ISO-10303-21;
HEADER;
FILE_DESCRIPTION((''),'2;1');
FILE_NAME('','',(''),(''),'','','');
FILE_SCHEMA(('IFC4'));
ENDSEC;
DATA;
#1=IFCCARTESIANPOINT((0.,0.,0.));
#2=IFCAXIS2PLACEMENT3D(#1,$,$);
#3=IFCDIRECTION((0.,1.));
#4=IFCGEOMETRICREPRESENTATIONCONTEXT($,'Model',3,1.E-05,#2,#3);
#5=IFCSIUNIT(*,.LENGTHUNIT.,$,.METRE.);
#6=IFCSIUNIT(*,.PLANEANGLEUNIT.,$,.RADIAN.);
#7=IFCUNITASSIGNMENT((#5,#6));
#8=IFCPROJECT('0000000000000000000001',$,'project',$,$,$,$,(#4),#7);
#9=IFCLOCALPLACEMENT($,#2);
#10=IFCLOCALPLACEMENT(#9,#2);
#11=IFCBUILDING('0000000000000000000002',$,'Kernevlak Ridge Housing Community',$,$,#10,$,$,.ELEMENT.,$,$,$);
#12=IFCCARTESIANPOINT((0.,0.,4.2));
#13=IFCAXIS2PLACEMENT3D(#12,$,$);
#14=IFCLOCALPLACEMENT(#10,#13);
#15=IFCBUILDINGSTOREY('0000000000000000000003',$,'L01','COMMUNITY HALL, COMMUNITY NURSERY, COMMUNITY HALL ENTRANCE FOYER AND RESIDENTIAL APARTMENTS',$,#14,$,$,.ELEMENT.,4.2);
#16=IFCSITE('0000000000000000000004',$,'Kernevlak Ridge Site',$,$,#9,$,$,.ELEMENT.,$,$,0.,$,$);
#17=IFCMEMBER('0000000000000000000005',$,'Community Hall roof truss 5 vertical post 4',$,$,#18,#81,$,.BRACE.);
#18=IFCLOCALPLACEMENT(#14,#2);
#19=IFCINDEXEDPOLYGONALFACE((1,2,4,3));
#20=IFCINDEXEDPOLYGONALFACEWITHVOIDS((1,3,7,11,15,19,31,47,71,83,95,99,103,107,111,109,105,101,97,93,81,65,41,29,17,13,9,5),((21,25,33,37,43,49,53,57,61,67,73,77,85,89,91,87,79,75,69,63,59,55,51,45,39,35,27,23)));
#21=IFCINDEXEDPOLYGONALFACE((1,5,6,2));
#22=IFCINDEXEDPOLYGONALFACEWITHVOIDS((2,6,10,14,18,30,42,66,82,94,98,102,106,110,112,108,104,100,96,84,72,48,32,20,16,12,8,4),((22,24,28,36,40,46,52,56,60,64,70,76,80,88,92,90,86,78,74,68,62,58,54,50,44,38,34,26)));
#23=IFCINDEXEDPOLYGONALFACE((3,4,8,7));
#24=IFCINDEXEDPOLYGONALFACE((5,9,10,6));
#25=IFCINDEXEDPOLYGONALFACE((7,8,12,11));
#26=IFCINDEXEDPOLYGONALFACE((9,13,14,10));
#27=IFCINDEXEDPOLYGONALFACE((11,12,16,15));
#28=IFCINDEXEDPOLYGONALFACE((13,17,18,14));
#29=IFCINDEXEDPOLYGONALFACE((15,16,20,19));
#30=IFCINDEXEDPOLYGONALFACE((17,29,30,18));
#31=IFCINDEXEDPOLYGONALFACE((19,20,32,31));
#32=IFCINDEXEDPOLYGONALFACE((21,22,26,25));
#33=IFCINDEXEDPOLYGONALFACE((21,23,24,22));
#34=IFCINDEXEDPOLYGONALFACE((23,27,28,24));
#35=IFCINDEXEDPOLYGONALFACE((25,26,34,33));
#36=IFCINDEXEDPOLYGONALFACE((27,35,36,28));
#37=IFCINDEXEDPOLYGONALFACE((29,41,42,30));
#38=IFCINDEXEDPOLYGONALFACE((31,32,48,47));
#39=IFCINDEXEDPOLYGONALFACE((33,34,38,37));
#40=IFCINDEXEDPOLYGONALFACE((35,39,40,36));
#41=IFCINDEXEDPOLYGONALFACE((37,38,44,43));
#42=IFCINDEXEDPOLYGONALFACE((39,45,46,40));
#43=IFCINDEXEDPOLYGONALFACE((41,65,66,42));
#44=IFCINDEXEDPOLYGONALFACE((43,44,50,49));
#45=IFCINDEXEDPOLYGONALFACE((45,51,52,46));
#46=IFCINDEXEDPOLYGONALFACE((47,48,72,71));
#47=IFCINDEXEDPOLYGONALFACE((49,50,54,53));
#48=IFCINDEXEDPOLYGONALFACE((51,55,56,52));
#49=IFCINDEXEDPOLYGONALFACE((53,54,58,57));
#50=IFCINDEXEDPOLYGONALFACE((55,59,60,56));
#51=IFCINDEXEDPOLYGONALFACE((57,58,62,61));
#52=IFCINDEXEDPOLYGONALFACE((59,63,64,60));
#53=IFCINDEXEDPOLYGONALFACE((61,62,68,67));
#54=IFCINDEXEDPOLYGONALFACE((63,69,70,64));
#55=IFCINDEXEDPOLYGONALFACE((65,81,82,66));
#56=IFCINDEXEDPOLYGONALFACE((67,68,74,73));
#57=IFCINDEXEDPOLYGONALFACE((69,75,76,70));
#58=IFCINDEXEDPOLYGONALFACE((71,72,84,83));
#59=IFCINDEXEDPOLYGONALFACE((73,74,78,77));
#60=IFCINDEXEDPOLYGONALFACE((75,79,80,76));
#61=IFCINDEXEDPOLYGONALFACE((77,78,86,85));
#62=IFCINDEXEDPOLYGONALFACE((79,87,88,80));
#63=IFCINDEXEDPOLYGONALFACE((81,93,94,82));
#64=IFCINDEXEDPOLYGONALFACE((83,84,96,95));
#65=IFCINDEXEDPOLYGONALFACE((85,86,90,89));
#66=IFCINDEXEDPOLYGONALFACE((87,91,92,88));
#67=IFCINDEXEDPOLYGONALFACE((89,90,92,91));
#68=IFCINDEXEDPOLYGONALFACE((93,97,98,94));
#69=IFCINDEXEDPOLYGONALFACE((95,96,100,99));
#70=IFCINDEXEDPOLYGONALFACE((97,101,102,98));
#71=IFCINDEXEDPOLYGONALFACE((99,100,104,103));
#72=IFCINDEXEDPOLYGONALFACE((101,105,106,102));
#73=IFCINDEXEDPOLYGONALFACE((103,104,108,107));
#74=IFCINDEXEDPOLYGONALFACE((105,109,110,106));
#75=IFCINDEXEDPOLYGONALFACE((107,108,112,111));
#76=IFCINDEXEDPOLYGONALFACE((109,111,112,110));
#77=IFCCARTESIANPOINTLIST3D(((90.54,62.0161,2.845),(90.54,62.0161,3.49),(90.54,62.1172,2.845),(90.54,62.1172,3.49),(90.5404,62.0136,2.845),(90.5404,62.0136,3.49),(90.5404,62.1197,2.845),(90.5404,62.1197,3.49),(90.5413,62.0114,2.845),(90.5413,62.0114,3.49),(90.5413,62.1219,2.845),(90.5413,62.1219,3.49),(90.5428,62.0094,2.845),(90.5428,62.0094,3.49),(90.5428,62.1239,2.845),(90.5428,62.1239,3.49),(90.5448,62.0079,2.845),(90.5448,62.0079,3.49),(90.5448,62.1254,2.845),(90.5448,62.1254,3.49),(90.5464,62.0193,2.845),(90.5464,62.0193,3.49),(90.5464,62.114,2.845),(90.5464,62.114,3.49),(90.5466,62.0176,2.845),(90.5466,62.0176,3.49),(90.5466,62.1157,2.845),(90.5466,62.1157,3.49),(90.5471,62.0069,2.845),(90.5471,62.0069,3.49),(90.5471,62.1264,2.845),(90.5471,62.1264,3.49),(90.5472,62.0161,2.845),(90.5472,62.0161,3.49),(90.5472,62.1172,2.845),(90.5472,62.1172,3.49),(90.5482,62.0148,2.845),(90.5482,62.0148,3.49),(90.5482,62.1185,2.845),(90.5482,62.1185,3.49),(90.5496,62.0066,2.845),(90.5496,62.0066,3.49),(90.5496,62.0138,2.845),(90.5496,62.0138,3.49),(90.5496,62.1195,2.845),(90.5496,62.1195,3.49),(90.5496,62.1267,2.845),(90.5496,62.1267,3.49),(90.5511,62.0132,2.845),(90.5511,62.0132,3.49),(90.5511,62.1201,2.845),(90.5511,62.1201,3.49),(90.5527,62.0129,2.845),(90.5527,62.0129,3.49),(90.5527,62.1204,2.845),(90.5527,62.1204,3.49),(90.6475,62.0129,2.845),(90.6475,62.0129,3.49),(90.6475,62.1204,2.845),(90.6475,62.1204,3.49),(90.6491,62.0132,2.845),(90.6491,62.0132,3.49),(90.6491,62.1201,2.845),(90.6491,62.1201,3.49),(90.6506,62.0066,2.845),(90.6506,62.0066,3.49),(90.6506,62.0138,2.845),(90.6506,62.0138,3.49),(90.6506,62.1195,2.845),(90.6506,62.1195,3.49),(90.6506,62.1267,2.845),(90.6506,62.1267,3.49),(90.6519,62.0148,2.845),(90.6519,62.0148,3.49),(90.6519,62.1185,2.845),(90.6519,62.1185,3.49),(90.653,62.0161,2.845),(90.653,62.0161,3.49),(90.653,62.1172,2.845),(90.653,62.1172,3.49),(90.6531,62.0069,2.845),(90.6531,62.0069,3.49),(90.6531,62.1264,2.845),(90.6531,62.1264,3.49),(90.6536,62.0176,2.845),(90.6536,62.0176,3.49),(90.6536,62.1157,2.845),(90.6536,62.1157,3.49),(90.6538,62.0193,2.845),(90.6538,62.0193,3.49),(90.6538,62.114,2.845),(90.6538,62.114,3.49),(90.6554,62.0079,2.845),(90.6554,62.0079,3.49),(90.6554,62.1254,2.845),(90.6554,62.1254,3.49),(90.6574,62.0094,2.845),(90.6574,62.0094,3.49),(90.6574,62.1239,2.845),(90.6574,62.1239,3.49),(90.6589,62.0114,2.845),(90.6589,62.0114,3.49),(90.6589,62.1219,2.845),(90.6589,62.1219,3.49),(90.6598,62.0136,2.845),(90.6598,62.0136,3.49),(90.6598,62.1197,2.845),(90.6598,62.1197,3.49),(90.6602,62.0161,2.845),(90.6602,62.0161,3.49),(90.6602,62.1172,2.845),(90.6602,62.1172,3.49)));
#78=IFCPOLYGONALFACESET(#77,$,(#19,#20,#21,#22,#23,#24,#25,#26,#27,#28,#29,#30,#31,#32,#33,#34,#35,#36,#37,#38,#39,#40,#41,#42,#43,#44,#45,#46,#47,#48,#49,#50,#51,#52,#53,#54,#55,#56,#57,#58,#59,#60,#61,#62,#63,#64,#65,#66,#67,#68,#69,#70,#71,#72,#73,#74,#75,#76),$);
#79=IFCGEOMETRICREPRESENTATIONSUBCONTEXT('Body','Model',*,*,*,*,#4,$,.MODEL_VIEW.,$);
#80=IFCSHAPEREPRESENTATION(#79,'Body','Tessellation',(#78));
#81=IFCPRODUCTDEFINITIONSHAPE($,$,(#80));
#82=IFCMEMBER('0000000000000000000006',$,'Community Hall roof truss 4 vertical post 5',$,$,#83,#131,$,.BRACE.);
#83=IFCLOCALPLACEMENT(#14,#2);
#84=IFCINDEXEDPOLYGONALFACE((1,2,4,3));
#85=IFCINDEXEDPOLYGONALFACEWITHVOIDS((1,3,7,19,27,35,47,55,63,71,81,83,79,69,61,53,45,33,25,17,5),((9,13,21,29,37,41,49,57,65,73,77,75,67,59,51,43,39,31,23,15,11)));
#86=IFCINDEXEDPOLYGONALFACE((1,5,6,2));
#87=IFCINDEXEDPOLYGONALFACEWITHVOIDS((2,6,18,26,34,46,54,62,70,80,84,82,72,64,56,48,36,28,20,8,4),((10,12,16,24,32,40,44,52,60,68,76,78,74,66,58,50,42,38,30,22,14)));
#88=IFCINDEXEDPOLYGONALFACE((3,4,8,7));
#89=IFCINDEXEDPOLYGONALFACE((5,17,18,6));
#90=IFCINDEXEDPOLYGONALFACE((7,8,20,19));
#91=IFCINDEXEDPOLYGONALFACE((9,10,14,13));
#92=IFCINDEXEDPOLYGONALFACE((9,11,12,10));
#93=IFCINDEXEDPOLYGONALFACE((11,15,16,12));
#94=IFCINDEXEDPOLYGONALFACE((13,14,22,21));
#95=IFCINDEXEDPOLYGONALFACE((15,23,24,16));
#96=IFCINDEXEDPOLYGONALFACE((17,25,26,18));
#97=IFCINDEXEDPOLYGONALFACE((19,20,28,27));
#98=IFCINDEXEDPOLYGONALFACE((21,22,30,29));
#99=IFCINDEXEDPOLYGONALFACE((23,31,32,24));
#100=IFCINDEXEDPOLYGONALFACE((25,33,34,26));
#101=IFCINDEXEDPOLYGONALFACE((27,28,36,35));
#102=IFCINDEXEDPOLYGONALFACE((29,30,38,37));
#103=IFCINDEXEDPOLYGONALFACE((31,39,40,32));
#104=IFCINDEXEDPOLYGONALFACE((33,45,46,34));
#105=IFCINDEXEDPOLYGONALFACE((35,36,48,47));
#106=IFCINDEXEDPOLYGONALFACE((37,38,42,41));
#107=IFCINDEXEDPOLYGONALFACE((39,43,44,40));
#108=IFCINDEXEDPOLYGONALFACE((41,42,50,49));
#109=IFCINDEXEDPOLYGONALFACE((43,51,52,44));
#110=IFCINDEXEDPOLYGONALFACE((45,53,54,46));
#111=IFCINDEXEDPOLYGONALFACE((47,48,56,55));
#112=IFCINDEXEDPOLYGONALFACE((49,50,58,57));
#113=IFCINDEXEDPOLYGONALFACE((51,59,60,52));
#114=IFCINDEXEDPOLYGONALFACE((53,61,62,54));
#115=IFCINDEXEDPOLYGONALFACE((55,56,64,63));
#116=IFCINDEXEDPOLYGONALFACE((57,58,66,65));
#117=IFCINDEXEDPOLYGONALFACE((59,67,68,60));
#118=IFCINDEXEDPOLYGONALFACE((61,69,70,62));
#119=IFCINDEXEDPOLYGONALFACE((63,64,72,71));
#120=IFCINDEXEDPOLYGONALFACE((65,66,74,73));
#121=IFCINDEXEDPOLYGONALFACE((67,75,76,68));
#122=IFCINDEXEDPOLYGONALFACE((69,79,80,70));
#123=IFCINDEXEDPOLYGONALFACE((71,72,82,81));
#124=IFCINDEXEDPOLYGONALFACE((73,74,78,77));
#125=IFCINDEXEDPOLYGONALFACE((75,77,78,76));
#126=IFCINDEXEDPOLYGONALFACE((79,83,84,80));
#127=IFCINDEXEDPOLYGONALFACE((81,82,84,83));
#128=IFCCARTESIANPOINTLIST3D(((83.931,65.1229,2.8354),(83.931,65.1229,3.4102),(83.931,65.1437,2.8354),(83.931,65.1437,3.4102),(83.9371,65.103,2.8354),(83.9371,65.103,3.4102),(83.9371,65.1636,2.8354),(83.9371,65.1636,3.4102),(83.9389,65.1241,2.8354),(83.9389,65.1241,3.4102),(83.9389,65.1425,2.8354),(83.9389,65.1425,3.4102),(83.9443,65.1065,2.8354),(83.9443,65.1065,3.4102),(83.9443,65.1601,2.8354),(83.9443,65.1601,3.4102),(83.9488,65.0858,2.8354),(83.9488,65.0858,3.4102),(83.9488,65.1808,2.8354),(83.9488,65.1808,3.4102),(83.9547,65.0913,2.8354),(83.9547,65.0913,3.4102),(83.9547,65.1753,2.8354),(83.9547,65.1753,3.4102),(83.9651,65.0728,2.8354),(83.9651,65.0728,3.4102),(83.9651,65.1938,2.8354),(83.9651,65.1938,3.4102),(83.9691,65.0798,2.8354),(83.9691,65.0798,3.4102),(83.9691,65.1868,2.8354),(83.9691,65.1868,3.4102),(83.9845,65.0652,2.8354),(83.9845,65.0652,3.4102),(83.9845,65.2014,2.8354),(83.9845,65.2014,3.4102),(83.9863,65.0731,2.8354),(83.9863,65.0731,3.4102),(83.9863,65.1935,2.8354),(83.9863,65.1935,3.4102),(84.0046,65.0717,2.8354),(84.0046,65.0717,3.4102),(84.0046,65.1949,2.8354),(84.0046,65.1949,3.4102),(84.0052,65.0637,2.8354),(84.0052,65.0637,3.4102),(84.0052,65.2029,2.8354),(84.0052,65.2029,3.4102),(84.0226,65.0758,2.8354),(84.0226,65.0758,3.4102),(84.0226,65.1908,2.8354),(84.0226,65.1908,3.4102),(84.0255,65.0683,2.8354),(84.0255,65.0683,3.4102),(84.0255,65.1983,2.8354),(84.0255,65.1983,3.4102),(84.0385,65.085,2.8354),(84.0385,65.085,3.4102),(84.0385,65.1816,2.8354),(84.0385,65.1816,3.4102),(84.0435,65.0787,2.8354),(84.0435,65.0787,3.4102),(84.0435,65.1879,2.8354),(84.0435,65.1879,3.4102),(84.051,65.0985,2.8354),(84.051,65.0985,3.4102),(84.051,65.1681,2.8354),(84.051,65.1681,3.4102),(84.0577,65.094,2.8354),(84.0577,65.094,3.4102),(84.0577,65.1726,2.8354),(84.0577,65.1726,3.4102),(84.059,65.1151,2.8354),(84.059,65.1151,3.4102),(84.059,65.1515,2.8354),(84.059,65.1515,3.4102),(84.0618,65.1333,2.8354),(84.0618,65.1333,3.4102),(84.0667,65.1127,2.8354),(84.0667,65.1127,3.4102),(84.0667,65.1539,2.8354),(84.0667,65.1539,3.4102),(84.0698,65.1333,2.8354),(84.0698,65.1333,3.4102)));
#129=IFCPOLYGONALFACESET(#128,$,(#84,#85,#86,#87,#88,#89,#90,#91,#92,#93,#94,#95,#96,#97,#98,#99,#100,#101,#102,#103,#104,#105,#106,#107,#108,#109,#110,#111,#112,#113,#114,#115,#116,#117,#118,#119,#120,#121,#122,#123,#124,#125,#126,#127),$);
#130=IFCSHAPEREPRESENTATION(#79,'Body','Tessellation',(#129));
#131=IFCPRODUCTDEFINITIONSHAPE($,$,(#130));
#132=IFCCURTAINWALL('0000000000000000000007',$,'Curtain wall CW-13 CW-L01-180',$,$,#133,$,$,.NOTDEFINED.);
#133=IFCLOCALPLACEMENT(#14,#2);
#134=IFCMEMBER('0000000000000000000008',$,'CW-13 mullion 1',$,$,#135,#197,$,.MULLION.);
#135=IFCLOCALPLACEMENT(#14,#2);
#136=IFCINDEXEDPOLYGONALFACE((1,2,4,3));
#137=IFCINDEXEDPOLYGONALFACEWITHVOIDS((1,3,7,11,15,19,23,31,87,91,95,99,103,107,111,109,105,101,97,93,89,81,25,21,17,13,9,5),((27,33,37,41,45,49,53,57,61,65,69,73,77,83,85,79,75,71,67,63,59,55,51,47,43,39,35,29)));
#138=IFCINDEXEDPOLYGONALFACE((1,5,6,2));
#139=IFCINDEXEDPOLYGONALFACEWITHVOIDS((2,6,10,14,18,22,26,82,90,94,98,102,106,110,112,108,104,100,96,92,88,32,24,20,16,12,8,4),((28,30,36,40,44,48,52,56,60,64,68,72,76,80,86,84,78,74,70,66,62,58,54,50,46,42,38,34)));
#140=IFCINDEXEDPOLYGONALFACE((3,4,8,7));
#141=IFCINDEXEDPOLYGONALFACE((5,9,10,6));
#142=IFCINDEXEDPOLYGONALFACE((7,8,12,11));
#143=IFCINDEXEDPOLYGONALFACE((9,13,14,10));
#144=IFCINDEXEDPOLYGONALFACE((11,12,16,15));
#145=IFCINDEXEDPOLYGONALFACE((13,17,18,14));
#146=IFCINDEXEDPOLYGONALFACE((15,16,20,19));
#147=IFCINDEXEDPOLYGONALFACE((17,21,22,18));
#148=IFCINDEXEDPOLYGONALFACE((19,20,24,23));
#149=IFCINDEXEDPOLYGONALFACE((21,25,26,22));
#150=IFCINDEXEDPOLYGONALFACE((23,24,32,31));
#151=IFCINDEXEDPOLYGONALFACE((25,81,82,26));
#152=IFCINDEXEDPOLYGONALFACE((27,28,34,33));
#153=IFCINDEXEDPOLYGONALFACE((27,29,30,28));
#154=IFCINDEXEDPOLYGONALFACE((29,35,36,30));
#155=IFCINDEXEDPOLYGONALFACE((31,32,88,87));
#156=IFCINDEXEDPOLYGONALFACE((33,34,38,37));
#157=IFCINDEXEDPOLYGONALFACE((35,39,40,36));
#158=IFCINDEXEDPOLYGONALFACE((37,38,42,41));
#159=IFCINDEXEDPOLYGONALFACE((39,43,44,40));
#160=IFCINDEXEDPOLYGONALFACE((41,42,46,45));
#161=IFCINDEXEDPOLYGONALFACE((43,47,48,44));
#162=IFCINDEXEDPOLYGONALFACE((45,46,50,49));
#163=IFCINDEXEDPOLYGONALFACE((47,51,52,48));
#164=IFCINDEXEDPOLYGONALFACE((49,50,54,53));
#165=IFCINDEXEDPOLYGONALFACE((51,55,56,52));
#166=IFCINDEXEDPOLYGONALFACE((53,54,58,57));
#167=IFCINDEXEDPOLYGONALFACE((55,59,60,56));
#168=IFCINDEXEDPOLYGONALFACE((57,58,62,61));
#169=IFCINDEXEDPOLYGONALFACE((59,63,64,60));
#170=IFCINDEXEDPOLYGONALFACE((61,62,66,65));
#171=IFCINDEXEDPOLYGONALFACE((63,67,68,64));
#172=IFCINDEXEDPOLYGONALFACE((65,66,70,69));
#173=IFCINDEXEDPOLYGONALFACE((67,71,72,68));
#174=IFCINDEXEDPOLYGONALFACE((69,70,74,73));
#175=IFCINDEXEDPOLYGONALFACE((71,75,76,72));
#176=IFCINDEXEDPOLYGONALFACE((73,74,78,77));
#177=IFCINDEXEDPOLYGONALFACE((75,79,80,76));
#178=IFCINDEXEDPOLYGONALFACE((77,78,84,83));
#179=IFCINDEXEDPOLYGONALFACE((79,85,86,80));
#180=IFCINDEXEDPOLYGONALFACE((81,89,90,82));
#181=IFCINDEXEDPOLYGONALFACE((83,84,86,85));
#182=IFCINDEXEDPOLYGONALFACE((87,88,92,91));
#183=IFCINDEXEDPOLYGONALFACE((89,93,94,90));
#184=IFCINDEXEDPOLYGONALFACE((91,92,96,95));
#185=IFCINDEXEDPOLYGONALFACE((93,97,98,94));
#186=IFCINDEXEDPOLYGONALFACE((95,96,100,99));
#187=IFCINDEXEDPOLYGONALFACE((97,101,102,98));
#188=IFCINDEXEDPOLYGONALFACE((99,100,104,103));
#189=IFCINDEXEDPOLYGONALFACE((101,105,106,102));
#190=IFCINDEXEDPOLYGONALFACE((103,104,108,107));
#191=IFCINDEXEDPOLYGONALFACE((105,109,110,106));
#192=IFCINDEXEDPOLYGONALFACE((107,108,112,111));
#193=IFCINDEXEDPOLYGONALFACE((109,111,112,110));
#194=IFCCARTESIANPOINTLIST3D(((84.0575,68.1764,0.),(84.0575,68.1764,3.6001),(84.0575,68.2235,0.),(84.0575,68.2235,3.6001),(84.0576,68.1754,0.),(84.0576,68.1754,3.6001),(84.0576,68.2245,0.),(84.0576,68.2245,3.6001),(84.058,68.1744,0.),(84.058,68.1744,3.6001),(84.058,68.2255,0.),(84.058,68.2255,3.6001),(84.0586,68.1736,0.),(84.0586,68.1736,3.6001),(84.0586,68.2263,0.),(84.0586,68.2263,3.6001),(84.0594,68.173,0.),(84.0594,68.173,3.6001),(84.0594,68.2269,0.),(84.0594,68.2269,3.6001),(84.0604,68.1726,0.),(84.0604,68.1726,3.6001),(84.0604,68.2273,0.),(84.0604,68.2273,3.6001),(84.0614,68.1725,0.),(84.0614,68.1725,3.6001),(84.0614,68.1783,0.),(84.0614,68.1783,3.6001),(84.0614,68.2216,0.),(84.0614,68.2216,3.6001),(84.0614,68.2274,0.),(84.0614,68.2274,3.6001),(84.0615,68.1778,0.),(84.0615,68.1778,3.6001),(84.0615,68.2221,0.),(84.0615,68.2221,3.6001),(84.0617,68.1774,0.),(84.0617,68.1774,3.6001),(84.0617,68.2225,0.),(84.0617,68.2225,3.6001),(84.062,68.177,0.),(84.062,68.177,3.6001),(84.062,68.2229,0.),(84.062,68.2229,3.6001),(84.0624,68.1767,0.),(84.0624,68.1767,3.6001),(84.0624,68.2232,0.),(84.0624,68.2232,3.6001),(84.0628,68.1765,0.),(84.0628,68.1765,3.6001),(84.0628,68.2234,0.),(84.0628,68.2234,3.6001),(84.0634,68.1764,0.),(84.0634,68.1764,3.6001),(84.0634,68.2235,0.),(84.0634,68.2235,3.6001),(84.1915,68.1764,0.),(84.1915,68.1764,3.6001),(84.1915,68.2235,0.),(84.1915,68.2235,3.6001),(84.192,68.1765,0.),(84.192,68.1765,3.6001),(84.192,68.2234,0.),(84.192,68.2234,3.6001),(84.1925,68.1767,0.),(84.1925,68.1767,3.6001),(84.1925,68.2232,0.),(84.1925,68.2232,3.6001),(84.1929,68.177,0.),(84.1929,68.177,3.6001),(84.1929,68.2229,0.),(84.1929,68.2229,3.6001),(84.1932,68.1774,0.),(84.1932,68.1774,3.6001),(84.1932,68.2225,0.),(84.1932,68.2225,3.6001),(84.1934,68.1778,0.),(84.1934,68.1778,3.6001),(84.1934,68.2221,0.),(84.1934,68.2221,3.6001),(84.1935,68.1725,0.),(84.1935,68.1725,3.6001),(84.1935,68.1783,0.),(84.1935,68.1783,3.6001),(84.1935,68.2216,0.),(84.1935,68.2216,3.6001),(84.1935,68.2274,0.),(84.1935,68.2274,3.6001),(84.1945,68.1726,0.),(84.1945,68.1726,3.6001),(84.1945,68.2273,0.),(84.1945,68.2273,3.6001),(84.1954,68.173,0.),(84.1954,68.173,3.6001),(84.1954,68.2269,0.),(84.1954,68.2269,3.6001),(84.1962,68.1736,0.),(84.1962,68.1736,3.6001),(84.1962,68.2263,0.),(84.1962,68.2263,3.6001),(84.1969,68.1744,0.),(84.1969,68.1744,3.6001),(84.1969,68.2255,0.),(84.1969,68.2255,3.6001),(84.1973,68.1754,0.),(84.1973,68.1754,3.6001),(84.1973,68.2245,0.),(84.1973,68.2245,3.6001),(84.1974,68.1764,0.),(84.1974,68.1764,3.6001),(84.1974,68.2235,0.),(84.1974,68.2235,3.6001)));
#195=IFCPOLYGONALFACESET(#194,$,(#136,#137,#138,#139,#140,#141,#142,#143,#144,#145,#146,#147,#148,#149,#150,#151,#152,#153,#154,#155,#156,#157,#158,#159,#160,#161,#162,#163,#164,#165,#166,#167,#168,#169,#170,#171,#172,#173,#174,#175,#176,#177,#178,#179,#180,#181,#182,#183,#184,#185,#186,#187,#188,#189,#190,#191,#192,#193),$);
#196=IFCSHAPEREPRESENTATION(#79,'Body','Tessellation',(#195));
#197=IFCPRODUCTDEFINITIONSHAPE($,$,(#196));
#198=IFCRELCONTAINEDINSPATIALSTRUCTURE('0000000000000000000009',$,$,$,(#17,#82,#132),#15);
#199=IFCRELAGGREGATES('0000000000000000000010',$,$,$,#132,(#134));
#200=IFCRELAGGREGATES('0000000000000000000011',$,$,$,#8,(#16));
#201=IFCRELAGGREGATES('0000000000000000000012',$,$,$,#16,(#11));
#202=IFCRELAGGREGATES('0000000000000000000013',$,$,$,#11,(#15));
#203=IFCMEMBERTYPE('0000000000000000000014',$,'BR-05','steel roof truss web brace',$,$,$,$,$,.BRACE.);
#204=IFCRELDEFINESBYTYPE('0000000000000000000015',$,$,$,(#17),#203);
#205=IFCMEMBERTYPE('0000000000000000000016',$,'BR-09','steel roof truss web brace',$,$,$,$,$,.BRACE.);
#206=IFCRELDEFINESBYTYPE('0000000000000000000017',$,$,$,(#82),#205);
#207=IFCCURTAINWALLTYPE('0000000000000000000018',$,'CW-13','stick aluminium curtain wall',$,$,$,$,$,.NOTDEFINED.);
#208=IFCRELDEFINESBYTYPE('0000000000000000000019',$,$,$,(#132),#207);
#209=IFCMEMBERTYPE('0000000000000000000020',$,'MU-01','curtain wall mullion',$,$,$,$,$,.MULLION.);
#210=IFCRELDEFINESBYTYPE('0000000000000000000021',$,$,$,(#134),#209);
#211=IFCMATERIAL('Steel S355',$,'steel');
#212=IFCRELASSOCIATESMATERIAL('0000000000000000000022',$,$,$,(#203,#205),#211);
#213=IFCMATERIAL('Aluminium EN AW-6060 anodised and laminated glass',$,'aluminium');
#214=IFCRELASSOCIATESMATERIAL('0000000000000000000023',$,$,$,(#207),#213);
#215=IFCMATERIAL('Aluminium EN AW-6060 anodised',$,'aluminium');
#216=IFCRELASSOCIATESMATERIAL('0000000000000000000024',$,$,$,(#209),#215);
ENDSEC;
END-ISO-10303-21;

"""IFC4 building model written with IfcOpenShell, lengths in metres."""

from ifc_helpers import new_model, si_unit, direction, frame, origin, origin_2d, place, context, subcontext, project, spatial, hollow_rectangle, hollow_circle, extrude, material, material_profile, profile_set, type_object, element, aggregate, save


model = new_model("IFC4")

# Units and contexts
model_context = context("Model", 3, precision=1e-05, world=origin(), true_north=direction((0.0, 1.0)))
body_context = subcontext(model_context, "Body", "Model", "MODEL_VIEW")
ifc_project = project(units=[si_unit("LENGTHUNIT", "METRE"), si_unit("PLANEANGLEUNIT", "RADIAN")], contexts=[model_context])

# Site, building, storey
site_placement = place(None, origin())
site = spatial("IfcSite", under=ifc_project, at=site_placement, Name="Kernevlak Ridge Site", CompositionType="ELEMENT", RefElevation=0.0)
building_placement = place(site_placement, origin())
building = spatial("IfcBuilding", under=site, at=building_placement, Name="Kernevlak Ridge Housing Community", CompositionType="ELEMENT")
storey_placement = place(building_placement, frame((0.0, 0.0, 4.2)))
storey = spatial("IfcBuildingStorey", under=building, at=storey_placement, Name="L01", Description="COMMUNITY HALL, COMMUNITY NURSERY, COMMUNITY HALL ENTRANCE FOYER AND RESIDENTIAL APARTMENTS", CompositionType="ELEMENT", Elevation=4.2)

# Shared definitions
ifc_material_1 = material(Name="Steel S355", Category="steel")

# Members
ifc_material_profile_1 = material_profile(ifc_material_1, hollow_rectangle(XDim=0.1201, YDim=0.1201, WallThickness=0.0063, InnerFilletRadius=0.0063, OuterFilletRadius=0.0095, at=origin_2d()), Name="SHS 120x120x6.3")
ifc_profile_set_1 = profile_set([ifc_material_profile_1], Name="Steel S355")
member_type_1 = type_object("IfcMemberType", Name="BR-05", Description="steel roof truss web brace", PredefinedType="BRACE", material=ifc_profile_set_1)
member_1_placement = place(storey_placement, frame((90.6001, 62.0667, 2.845), z_axis=(0.0, 0.0, 1.0), x_axis=(1.0, 0.0, 0.0)))
element("IfcMember", 1, at=member_1_placement, inside=storey, type_object=member_type_1, Name="Community Hall roof truss 5 vertical post 4", PredefinedType="BRACE", context=body_context, shape_type="SweptSolid", body=[
    extrude(hollow_rectangle(XDim=0.1201, YDim=0.1201, WallThickness=0.0063, InnerFilletRadius=0.0063, OuterFilletRadius=0.0095, at=origin_2d()), origin(), (0.0, 0.0, 1.0), 0.645),
])
ifc_material_profile_2 = material_profile(ifc_material_1, hollow_circle(Radius=0.0698, WallThickness=0.0081, at=origin_2d()), Name="CHS 139.7x8")
ifc_profile_set_2 = profile_set([ifc_material_profile_2], Name="Steel S355")
member_type_2 = type_object("IfcMemberType", Name="BR-09", Description="steel roof truss web brace", PredefinedType="BRACE", material=ifc_profile_set_2)
member_2_placement = place(storey_placement, frame((84.0, 65.1333, 2.8354), z_axis=(0.0, 0.0, 1.0), x_axis=(1.0, 0.0, 0.0)))
element("IfcMember", 2, at=member_2_placement, inside=storey, type_object=member_type_2, Name="Community Hall roof truss 4 vertical post 5", PredefinedType="BRACE", context=body_context, shape_type="SweptSolid", body=[
    extrude(hollow_circle(Radius=0.0698, WallThickness=0.0081, at=origin_2d()), origin(), (0.0, 0.0, 1.0), 0.5747),
])

# Curtain wall, member
ifc_material_2 = material(Name="Aluminium EN AW-6060 anodised and laminated glass", Category="aluminium")
curtain_wall_type_1 = type_object("IfcCurtainWallType", Name="CW-13", Description="stick aluminium curtain wall", PredefinedType="NOTDEFINED", material=ifc_material_2)
curtain_wall_1_placement = place(storey_placement, origin())
curtain_wall_1 = element("IfcCurtainWall", 3, at=curtain_wall_1_placement, inside=storey, type_object=curtain_wall_type_1, Name="Curtain wall CW-13 CW-L01-180", PredefinedType="NOTDEFINED")
ifc_material_3 = material(Name="Aluminium EN AW-6060 anodised", Category="aluminium")
ifc_material_profile_3 = material_profile(ifc_material_3, hollow_rectangle(XDim=0.0549, YDim=0.1399, WallThickness=0.0039, InnerFilletRadius=0.002, OuterFilletRadius=0.0039, at=origin_2d()), Name="ALU 55x140x4")
ifc_profile_set_3 = profile_set([ifc_material_profile_3], Name="Aluminium EN AW-6060 anodised")
member_type_3 = type_object("IfcMemberType", Name="MU-01", Description="curtain wall mullion", PredefinedType="MULLION", material=ifc_profile_set_3)
member_3_placement = place(storey_placement, frame((84.1274, 68.2, 0.0), z_axis=(0.0, 0.0, 1.0), x_axis=(0.0, 1.0, 0.0)))
member_3 = element("IfcMember", 4, at=member_3_placement, type_object=member_type_3, Name="CW-13 mullion 1", PredefinedType="MULLION", context=body_context, shape_type="SweptSolid", body=[
    extrude(hollow_rectangle(XDim=0.0549, YDim=0.1399, WallThickness=0.0039, InnerFilletRadius=0.002, OuterFilletRadius=0.0039, at=origin_2d()), origin(), (0.0, 0.0, 1.0), 3.6001),
])

aggregate(curtain_wall_1, [member_3])

save(model, "model.ifc")
